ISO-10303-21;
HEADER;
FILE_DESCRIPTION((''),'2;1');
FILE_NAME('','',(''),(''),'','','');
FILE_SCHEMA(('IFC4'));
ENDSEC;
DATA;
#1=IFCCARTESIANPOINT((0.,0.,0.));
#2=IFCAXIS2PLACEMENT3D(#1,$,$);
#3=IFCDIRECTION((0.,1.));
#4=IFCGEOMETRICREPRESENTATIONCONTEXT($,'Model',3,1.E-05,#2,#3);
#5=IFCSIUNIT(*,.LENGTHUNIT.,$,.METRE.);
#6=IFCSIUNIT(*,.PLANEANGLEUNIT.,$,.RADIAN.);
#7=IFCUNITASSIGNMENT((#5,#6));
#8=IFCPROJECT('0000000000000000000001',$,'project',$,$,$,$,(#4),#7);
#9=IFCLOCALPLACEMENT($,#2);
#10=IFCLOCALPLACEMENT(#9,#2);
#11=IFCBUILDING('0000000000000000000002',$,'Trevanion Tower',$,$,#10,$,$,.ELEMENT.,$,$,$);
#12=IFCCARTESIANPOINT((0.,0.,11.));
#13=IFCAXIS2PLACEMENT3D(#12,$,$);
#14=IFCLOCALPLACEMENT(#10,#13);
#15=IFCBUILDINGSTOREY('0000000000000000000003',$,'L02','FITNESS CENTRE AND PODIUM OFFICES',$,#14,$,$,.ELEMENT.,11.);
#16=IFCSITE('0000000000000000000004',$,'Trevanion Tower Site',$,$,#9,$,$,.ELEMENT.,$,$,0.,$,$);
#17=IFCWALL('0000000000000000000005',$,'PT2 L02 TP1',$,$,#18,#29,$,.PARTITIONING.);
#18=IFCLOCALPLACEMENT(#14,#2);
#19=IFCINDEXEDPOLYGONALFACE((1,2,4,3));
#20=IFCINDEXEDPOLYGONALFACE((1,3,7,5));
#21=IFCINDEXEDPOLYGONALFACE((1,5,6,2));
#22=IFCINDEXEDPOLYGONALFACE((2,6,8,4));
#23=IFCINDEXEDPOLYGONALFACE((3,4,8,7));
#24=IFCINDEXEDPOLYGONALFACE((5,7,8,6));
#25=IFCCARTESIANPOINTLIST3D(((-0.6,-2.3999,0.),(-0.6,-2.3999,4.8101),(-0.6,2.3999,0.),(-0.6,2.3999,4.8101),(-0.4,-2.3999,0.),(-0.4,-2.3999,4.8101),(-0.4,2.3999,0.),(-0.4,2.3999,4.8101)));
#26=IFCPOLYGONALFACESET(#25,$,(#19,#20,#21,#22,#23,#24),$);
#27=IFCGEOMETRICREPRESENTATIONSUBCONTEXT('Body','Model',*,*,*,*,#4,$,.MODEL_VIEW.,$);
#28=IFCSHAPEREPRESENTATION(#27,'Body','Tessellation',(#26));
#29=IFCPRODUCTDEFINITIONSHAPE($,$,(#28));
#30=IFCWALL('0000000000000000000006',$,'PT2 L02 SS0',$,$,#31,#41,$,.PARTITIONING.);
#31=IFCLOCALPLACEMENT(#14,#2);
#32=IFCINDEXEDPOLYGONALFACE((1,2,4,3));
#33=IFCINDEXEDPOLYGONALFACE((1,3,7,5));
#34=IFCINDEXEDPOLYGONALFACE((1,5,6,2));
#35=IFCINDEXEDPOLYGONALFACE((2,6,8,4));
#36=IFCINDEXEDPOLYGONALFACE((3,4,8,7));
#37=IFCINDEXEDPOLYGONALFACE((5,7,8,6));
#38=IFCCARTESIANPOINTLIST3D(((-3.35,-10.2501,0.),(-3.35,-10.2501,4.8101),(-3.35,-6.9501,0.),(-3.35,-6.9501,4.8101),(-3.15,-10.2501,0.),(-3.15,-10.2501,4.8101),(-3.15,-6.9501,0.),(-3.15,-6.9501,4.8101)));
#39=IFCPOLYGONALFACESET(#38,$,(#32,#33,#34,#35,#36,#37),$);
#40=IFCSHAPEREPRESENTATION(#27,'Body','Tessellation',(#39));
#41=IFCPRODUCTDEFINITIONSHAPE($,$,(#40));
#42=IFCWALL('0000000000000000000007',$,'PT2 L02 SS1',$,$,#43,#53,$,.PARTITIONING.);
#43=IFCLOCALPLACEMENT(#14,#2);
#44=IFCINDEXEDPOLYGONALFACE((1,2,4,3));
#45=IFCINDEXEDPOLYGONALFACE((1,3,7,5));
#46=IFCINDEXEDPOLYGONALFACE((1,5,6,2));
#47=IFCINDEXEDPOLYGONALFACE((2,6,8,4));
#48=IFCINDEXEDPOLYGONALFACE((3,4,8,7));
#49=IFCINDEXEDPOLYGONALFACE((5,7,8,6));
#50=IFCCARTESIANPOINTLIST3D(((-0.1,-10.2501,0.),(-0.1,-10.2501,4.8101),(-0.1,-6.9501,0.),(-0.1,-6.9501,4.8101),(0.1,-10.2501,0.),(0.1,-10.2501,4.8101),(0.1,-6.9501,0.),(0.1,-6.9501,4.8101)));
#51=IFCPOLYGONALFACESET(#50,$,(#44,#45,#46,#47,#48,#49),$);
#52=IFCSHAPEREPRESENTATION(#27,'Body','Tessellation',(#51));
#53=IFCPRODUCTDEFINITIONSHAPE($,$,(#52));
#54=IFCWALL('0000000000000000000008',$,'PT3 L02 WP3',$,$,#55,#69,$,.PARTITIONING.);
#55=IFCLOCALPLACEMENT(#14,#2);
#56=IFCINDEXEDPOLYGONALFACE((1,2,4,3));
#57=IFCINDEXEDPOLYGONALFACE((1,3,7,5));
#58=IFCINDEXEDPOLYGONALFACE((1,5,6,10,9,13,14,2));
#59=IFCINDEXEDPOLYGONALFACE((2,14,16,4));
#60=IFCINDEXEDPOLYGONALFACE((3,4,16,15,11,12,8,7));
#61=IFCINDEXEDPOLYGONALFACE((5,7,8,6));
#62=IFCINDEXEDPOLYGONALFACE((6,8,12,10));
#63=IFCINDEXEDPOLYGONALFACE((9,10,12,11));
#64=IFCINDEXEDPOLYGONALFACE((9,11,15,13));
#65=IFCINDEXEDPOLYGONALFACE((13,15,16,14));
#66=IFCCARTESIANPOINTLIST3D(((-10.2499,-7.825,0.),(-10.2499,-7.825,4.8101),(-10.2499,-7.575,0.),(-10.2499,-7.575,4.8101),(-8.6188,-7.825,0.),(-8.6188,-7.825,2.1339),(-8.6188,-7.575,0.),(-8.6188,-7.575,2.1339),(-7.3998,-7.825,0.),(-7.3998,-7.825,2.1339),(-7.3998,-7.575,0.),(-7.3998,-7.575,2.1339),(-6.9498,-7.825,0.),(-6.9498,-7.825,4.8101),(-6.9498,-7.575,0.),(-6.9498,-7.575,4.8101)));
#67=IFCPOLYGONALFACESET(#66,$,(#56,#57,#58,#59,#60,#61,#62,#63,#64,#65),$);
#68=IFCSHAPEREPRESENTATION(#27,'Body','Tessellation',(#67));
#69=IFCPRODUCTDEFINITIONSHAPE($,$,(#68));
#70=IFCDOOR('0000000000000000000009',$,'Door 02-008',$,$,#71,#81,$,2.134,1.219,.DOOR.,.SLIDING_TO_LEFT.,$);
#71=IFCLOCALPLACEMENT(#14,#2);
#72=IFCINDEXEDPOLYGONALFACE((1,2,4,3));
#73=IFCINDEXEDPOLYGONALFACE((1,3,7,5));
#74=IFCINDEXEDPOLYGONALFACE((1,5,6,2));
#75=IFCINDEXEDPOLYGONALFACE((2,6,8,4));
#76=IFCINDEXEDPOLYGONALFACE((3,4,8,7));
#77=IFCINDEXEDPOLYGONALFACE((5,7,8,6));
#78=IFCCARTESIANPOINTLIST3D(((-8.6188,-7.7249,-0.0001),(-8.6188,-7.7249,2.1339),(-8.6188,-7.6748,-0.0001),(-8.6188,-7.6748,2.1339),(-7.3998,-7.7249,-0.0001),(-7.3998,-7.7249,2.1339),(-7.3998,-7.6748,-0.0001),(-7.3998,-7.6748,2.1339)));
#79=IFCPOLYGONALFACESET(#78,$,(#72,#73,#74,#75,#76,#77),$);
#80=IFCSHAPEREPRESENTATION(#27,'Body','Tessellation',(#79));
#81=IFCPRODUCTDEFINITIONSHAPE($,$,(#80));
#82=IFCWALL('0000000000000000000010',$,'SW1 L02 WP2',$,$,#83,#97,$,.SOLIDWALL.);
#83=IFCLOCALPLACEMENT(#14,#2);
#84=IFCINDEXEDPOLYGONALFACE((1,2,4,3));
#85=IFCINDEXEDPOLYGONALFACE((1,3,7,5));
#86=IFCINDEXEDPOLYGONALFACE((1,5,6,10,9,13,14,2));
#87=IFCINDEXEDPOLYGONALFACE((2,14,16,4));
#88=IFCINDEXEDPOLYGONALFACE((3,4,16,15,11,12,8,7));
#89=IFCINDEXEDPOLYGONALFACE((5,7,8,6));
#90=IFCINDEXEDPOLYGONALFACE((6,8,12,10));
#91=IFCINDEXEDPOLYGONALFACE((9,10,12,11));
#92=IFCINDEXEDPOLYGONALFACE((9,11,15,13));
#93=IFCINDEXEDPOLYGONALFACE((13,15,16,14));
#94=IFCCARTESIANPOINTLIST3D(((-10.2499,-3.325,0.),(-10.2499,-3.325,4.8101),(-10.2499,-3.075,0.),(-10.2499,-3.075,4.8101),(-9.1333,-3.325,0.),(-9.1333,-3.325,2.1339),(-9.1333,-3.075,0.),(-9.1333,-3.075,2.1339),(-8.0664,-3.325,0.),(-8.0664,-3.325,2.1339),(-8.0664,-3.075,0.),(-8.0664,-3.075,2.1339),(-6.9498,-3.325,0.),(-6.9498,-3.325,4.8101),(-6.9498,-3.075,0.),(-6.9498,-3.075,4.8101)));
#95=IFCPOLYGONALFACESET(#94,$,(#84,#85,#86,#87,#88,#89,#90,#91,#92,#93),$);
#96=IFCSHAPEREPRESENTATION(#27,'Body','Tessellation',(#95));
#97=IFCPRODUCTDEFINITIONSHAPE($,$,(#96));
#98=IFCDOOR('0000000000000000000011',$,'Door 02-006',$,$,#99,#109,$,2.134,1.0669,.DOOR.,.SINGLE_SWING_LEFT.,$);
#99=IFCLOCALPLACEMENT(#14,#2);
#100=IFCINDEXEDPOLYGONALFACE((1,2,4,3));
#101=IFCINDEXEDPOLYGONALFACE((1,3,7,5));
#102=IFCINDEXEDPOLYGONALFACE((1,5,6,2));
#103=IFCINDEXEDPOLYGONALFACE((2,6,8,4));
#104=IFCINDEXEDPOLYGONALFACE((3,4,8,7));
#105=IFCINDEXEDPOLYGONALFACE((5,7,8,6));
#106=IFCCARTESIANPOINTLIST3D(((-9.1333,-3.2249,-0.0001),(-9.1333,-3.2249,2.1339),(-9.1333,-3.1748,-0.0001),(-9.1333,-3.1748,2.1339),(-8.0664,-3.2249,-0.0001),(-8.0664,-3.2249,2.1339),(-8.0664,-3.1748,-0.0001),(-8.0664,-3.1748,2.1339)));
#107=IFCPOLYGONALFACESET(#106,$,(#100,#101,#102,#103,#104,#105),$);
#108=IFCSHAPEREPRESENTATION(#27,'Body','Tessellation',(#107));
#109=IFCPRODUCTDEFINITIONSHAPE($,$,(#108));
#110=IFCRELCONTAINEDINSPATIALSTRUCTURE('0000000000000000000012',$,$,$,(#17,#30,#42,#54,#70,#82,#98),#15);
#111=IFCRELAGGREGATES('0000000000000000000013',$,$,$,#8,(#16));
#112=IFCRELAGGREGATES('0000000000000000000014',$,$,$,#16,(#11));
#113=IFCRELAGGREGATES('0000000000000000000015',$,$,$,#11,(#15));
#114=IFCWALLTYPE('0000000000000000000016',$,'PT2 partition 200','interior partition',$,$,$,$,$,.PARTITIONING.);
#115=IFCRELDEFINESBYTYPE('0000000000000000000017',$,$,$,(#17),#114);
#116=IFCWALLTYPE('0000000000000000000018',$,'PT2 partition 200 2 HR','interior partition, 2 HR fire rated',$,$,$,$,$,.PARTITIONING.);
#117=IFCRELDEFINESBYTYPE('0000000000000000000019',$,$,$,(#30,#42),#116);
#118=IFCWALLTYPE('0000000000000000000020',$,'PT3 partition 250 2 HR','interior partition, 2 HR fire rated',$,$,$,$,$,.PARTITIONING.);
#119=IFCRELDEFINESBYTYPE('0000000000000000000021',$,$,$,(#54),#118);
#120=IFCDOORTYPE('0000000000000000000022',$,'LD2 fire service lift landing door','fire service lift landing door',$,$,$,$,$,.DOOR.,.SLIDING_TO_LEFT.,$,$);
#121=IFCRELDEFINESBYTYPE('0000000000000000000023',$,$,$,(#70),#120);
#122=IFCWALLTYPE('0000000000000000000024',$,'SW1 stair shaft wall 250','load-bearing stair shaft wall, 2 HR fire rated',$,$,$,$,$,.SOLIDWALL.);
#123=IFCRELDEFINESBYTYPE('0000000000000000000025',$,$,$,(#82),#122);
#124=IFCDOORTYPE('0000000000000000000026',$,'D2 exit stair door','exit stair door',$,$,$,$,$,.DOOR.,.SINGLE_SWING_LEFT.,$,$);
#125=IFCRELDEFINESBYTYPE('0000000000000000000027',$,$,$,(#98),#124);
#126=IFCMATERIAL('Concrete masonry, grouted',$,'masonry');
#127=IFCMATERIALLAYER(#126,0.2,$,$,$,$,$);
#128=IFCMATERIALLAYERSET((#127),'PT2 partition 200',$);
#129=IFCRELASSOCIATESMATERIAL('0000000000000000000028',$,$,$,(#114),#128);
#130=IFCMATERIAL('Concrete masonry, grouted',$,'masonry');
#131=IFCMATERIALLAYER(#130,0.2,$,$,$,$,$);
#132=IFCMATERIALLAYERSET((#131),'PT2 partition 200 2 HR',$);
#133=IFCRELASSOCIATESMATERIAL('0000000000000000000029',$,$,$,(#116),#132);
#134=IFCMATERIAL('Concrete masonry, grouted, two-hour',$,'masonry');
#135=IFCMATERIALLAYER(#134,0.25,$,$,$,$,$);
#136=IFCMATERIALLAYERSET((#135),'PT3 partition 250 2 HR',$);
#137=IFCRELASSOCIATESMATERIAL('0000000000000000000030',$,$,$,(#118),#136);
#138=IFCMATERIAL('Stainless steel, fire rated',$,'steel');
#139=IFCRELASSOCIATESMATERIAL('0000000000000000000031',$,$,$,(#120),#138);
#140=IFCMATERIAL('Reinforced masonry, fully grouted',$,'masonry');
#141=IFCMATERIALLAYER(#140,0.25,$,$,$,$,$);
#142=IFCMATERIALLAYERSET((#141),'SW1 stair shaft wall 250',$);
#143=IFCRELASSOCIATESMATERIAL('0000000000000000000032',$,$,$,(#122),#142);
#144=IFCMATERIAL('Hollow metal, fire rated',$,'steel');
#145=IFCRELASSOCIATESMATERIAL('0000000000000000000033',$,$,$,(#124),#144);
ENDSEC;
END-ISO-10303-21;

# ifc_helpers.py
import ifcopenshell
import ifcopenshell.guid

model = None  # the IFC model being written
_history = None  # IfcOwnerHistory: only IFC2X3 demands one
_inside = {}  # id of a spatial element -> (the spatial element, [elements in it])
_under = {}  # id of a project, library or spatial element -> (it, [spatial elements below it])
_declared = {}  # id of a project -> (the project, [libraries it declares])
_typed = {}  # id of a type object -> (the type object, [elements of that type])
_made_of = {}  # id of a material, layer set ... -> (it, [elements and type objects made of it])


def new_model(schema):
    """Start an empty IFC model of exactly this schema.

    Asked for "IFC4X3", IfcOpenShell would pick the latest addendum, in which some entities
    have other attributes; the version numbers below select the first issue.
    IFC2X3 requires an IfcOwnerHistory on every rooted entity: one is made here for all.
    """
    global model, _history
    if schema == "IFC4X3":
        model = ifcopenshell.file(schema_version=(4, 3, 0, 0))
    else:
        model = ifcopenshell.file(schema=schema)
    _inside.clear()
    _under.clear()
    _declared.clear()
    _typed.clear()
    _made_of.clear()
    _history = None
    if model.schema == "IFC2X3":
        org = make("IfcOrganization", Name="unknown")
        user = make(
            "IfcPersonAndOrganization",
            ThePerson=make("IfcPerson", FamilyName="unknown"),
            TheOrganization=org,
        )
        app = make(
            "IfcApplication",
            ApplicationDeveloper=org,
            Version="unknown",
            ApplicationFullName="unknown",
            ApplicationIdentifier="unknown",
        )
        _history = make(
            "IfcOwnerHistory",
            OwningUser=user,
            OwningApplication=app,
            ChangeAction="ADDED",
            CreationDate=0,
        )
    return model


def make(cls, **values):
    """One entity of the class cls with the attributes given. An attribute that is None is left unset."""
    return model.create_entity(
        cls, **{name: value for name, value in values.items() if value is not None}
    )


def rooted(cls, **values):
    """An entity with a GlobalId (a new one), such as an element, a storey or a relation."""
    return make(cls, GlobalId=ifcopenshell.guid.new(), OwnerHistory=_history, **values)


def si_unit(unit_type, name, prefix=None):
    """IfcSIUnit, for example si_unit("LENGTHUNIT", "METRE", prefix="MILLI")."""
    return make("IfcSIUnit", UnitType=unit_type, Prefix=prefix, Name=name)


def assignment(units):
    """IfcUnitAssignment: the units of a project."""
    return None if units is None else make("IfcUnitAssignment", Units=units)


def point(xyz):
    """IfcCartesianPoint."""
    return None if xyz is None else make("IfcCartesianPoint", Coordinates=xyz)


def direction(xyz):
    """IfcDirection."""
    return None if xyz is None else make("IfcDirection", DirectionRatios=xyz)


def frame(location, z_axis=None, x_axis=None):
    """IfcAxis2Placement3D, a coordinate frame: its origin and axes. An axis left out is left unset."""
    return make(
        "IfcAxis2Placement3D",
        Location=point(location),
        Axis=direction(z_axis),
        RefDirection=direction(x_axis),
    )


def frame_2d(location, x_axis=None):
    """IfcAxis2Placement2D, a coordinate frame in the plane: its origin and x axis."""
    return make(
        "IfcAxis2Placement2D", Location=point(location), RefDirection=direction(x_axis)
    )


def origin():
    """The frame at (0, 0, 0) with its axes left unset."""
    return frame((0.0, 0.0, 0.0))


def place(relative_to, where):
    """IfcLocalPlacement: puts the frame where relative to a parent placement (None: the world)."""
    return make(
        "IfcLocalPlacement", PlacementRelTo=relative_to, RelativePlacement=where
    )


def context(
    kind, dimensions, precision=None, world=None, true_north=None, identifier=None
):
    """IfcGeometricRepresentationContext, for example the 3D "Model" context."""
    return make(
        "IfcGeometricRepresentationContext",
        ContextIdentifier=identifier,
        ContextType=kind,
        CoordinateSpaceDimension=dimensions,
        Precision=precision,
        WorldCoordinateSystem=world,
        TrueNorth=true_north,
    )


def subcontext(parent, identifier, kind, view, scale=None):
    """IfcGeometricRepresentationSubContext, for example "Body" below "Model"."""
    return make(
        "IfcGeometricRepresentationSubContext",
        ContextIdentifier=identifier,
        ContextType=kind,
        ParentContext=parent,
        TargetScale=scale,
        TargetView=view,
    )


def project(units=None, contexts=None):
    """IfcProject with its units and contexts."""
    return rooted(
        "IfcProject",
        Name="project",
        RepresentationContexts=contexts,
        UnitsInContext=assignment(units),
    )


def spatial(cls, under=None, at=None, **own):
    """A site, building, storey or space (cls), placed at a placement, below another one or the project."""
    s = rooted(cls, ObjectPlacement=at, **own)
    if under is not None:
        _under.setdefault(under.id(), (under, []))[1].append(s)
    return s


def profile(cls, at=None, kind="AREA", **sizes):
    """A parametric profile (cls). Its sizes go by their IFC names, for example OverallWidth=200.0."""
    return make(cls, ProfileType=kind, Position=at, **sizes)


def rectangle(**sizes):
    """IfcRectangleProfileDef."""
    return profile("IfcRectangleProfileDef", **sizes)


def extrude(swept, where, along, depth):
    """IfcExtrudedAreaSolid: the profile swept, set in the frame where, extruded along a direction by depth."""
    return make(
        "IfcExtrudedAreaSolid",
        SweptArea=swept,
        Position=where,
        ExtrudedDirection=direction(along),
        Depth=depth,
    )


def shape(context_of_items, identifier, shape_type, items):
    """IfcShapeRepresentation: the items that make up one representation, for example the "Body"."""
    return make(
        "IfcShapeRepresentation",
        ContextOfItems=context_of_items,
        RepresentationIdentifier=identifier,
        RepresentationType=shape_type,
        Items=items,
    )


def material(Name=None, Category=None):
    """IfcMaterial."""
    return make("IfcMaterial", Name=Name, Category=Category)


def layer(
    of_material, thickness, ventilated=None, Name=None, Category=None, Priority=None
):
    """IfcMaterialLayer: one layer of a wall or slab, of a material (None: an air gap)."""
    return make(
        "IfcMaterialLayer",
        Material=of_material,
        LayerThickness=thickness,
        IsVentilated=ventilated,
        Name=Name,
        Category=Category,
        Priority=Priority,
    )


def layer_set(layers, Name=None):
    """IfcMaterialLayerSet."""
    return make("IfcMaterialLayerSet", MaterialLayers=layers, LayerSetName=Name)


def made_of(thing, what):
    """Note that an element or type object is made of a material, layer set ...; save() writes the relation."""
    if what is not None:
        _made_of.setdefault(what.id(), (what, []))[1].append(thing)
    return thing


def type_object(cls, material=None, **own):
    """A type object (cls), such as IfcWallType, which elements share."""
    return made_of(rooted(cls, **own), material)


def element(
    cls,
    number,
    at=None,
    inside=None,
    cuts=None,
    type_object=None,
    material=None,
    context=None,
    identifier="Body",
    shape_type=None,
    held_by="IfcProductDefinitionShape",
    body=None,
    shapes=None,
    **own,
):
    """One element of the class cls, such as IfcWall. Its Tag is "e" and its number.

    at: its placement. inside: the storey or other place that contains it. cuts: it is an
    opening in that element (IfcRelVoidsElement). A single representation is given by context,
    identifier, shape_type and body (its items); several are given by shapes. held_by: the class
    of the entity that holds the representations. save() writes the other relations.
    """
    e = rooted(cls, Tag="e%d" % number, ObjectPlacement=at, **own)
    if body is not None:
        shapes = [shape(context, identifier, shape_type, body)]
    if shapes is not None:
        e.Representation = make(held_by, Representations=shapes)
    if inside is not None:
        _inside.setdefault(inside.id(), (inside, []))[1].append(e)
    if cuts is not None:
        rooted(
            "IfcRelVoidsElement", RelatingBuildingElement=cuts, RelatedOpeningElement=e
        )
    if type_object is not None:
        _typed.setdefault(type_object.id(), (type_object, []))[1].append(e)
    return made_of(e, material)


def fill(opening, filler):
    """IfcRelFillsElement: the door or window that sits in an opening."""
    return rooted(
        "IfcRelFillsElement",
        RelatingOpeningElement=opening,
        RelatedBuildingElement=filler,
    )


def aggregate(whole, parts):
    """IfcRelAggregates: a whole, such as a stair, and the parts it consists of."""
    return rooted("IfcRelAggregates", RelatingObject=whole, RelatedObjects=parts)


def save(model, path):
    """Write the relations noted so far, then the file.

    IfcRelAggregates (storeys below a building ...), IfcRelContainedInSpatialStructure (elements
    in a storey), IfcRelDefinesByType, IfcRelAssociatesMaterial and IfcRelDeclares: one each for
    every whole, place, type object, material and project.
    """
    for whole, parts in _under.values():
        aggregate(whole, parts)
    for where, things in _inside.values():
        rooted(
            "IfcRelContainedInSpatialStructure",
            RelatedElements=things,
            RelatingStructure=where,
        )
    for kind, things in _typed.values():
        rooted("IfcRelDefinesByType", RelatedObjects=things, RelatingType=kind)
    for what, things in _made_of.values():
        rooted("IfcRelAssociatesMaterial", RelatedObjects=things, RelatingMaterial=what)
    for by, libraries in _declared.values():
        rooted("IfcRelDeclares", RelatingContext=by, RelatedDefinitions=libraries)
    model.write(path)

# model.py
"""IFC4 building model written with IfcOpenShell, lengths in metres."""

from ifc_helpers import new_model, si_unit, direction, frame, frame_2d, origin, place, context, subcontext, project, spatial, rectangle, extrude, material, layer, layer_set, type_object, element, fill, save


model = new_model("IFC4")

# Units and contexts
model_context = context("Model", 3, precision=1e-05, world=origin(), true_north=direction((0.0, 1.0)))
body_context = subcontext(model_context, "Body", "Model", "MODEL_VIEW")
ifc_project = project(units=[si_unit("LENGTHUNIT", "METRE"), si_unit("PLANEANGLEUNIT", "RADIAN")], contexts=[model_context])

# Site, building, storey
site_placement = place(None, origin())
site = spatial("IfcSite", under=ifc_project, at=site_placement, Name="Trevanion Tower Site", CompositionType="ELEMENT", RefElevation=0.0)
building_placement = place(site_placement, origin())
building = spatial("IfcBuilding", under=site, at=building_placement, Name="Trevanion Tower", CompositionType="ELEMENT")
storey_placement = place(building_placement, frame((0.0, 0.0, 11.0)))
storey = spatial("IfcBuildingStorey", under=building, at=storey_placement, Name="L02", Description="FITNESS CENTRE AND PODIUM OFFICES", CompositionType="ELEMENT", Elevation=11.0)

# Walls
ifc_material_1 = material(Name="Concrete masonry, grouted", Category="masonry")
ifc_layer_1 = layer(ifc_material_1, 0.2)
ifc_layer_set_1 = layer_set([ifc_layer_1], Name="PT2 partition 200")
wall_type_1 = type_object("IfcWallType", Name="PT2 partition 200", Description="interior partition", PredefinedType="PARTITIONING", material=ifc_layer_set_1)
wall_1_placement = place(storey_placement, frame((-0.5, -2.3999, 0.0), z_axis=(0.0, 0.0, 1.0), x_axis=(0.0, 1.0, 0.0)))
element("IfcWall", 1, at=wall_1_placement, inside=storey, type_object=wall_type_1, Name="PT2 L02 TP1", PredefinedType="PARTITIONING", context=body_context, shape_type="SweptSolid", body=[
    extrude(rectangle(XDim=4.7998, YDim=0.2, at=frame_2d((2.3999, 0.0))), origin(), (0.0, 0.0, 1.0), 4.8101),
])
ifc_material_2 = material(Name="Concrete masonry, grouted", Category="masonry")
ifc_layer_2 = layer(ifc_material_2, 0.2)
ifc_layer_set_2 = layer_set([ifc_layer_2], Name="PT2 partition 200 2 HR")
wall_type_2 = type_object("IfcWallType", Name="PT2 partition 200 2 HR", Description="interior partition, 2 HR fire rated", PredefinedType="PARTITIONING", material=ifc_layer_set_2)
for number, where, z_axis, x_axis, name in (
    (2, (-3.25, -10.25, 0.0), (0.0, 0.0, 1.0), (0.0, 1.0, 0.0), "PT2 L02 SS0"),
    (3, (0.0, -10.25, 0.0), (0.0, 0.0, 1.0), (0.0, 1.0, 0.0), "PT2 L02 SS1"),
):
    element("IfcWall", number, at=place(storey_placement, frame(where, z_axis=z_axis, x_axis=x_axis)), inside=storey, type_object=wall_type_2, Name=name, PredefinedType="PARTITIONING", context=body_context, shape_type="SweptSolid", body=[
        extrude(rectangle(XDim=3.3, YDim=0.2, at=frame_2d((1.6499, 0.0))), origin(), (0.0, 0.0, 1.0), 4.8101),
    ])

# Walls, openings, doors
ifc_material_3 = material(Name="Concrete masonry, grouted, two-hour", Category="masonry")
ifc_layer_3 = layer(ifc_material_3, 0.25)
ifc_layer_set_3 = layer_set([ifc_layer_3], Name="PT3 partition 250 2 HR")
wall_type_3 = type_object("IfcWallType", Name="PT3 partition 250 2 HR", Description="interior partition, 2 HR fire rated", PredefinedType="PARTITIONING", material=ifc_layer_set_3)
wall_2_placement = place(storey_placement, frame((-6.95, -7.7, 0.0), z_axis=(0.0, 0.0, 1.0), x_axis=(-1.0, 0.0, 0.0)))
wall_2 = element("IfcWall", 4, at=wall_2_placement, inside=storey, type_object=wall_type_3, Name="PT3 L02 WP3", PredefinedType="PARTITIONING", context=body_context, shape_type="SweptSolid", body=[
    extrude(rectangle(XDim=3.3, YDim=0.25, at=frame_2d((1.6499, 0.0))), origin(), (0.0, 0.0, 1.0), 4.8101),
])
opening_1_placement = place(wall_2_placement, frame((0.45, 0.0, 0.0)))
opening_1 = element("IfcOpeningElement", 5, at=opening_1_placement, cuts=wall_2, PredefinedType="OPENING", context=body_context, shape_type="SweptSolid", body=[
    extrude(rectangle(XDim=1.219, YDim=2.134, at=frame_2d((0.6094, 1.0669))), frame((0.0, 0.135, 0.0), z_axis=(0.0, -1.0, 0.0), x_axis=(1.0, 0.0, 0.0)), (0.0, 0.0, 1.0), 0.27),
])
ifc_material_4 = material(Name="Stainless steel, fire rated", Category="steel")
door_type_1 = type_object("IfcDoorType", Name="LD2 fire service lift landing door", Description="fire service lift landing door", OperationType="SLIDING_TO_LEFT", PredefinedType="DOOR", material=ifc_material_4)
door_1_placement = place(opening_1_placement, origin())
door_1 = element("IfcDoor", 6, at=door_1_placement, inside=storey, type_object=door_type_1, Name="Door 02-008", OperationType="SLIDING_TO_LEFT", OverallHeight=2.134, OverallWidth=1.219, PredefinedType="DOOR", context=body_context, shape_type="SweptSolid", body=[
    extrude(rectangle(XDim=1.219, YDim=2.134, at=frame_2d((0.6094, 1.0669))), frame((0.0, 0.0249, 0.0), z_axis=(0.0, -1.0, 0.0), x_axis=(1.0, 0.0, 0.0)), (0.0, 0.0, 1.0), 0.05),
])
fill(opening_1, door_1)
ifc_material_5 = material(Name="Reinforced masonry, fully grouted", Category="masonry")
ifc_layer_4 = layer(ifc_material_5, 0.25)
ifc_layer_set_4 = layer_set([ifc_layer_4], Name="SW1 stair shaft wall 250")
wall_type_4 = type_object("IfcWallType", Name="SW1 stair shaft wall 250", Description="load-bearing stair shaft wall, 2 HR fire rated", PredefinedType="SOLIDWALL", material=ifc_layer_set_4)
wall_3_placement = place(storey_placement, frame((-6.95, -3.2, 0.0), z_axis=(0.0, 0.0, 1.0), x_axis=(-1.0, 0.0, 0.0)))
wall_3 = element("IfcWall", 7, at=wall_3_placement, inside=storey, type_object=wall_type_4, Name="SW1 L02 WP2", PredefinedType="SOLIDWALL", context=body_context, shape_type="SweptSolid", body=[
    extrude(rectangle(XDim=3.3, YDim=0.25, at=frame_2d((1.6499, 0.0))), origin(), (0.0, 0.0, 1.0), 4.8101),
])
opening_2_placement = place(wall_3_placement, frame((1.1165, 0.0, 0.0)))
opening_2 = element("IfcOpeningElement", 8, at=opening_2_placement, cuts=wall_3, PredefinedType="OPENING", context=body_context, shape_type="SweptSolid", body=[
    extrude(rectangle(XDim=1.0669, YDim=2.134, at=frame_2d((0.5334, 1.0669))), frame((0.0, 0.135, 0.0), z_axis=(0.0, -1.0, 0.0), x_axis=(1.0, 0.0, 0.0)), (0.0, 0.0, 1.0), 0.27),
])
ifc_material_6 = material(Name="Hollow metal, fire rated", Category="steel")
door_type_2 = type_object("IfcDoorType", Name="D2 exit stair door", Description="exit stair door", OperationType="SINGLE_SWING_LEFT", PredefinedType="DOOR", material=ifc_material_6)
door_2_placement = place(opening_2_placement, origin())
door_2 = element("IfcDoor", 9, at=door_2_placement, inside=storey, type_object=door_type_2, Name="Door 02-006", OperationType="SINGLE_SWING_LEFT", OverallHeight=2.134, OverallWidth=1.0669, PredefinedType="DOOR", context=body_context, shape_type="SweptSolid", body=[
    extrude(rectangle(XDim=1.0669, YDim=2.134, at=frame_2d((0.5334, 1.0669))), frame((0.0, 0.0249, 0.0), z_axis=(0.0, -1.0, 0.0), x_axis=(1.0, 0.0, 0.0)), (0.0, 0.0, 1.0), 0.05),
])
fill(opening_2, door_2)

save(model, "model.ifc")
